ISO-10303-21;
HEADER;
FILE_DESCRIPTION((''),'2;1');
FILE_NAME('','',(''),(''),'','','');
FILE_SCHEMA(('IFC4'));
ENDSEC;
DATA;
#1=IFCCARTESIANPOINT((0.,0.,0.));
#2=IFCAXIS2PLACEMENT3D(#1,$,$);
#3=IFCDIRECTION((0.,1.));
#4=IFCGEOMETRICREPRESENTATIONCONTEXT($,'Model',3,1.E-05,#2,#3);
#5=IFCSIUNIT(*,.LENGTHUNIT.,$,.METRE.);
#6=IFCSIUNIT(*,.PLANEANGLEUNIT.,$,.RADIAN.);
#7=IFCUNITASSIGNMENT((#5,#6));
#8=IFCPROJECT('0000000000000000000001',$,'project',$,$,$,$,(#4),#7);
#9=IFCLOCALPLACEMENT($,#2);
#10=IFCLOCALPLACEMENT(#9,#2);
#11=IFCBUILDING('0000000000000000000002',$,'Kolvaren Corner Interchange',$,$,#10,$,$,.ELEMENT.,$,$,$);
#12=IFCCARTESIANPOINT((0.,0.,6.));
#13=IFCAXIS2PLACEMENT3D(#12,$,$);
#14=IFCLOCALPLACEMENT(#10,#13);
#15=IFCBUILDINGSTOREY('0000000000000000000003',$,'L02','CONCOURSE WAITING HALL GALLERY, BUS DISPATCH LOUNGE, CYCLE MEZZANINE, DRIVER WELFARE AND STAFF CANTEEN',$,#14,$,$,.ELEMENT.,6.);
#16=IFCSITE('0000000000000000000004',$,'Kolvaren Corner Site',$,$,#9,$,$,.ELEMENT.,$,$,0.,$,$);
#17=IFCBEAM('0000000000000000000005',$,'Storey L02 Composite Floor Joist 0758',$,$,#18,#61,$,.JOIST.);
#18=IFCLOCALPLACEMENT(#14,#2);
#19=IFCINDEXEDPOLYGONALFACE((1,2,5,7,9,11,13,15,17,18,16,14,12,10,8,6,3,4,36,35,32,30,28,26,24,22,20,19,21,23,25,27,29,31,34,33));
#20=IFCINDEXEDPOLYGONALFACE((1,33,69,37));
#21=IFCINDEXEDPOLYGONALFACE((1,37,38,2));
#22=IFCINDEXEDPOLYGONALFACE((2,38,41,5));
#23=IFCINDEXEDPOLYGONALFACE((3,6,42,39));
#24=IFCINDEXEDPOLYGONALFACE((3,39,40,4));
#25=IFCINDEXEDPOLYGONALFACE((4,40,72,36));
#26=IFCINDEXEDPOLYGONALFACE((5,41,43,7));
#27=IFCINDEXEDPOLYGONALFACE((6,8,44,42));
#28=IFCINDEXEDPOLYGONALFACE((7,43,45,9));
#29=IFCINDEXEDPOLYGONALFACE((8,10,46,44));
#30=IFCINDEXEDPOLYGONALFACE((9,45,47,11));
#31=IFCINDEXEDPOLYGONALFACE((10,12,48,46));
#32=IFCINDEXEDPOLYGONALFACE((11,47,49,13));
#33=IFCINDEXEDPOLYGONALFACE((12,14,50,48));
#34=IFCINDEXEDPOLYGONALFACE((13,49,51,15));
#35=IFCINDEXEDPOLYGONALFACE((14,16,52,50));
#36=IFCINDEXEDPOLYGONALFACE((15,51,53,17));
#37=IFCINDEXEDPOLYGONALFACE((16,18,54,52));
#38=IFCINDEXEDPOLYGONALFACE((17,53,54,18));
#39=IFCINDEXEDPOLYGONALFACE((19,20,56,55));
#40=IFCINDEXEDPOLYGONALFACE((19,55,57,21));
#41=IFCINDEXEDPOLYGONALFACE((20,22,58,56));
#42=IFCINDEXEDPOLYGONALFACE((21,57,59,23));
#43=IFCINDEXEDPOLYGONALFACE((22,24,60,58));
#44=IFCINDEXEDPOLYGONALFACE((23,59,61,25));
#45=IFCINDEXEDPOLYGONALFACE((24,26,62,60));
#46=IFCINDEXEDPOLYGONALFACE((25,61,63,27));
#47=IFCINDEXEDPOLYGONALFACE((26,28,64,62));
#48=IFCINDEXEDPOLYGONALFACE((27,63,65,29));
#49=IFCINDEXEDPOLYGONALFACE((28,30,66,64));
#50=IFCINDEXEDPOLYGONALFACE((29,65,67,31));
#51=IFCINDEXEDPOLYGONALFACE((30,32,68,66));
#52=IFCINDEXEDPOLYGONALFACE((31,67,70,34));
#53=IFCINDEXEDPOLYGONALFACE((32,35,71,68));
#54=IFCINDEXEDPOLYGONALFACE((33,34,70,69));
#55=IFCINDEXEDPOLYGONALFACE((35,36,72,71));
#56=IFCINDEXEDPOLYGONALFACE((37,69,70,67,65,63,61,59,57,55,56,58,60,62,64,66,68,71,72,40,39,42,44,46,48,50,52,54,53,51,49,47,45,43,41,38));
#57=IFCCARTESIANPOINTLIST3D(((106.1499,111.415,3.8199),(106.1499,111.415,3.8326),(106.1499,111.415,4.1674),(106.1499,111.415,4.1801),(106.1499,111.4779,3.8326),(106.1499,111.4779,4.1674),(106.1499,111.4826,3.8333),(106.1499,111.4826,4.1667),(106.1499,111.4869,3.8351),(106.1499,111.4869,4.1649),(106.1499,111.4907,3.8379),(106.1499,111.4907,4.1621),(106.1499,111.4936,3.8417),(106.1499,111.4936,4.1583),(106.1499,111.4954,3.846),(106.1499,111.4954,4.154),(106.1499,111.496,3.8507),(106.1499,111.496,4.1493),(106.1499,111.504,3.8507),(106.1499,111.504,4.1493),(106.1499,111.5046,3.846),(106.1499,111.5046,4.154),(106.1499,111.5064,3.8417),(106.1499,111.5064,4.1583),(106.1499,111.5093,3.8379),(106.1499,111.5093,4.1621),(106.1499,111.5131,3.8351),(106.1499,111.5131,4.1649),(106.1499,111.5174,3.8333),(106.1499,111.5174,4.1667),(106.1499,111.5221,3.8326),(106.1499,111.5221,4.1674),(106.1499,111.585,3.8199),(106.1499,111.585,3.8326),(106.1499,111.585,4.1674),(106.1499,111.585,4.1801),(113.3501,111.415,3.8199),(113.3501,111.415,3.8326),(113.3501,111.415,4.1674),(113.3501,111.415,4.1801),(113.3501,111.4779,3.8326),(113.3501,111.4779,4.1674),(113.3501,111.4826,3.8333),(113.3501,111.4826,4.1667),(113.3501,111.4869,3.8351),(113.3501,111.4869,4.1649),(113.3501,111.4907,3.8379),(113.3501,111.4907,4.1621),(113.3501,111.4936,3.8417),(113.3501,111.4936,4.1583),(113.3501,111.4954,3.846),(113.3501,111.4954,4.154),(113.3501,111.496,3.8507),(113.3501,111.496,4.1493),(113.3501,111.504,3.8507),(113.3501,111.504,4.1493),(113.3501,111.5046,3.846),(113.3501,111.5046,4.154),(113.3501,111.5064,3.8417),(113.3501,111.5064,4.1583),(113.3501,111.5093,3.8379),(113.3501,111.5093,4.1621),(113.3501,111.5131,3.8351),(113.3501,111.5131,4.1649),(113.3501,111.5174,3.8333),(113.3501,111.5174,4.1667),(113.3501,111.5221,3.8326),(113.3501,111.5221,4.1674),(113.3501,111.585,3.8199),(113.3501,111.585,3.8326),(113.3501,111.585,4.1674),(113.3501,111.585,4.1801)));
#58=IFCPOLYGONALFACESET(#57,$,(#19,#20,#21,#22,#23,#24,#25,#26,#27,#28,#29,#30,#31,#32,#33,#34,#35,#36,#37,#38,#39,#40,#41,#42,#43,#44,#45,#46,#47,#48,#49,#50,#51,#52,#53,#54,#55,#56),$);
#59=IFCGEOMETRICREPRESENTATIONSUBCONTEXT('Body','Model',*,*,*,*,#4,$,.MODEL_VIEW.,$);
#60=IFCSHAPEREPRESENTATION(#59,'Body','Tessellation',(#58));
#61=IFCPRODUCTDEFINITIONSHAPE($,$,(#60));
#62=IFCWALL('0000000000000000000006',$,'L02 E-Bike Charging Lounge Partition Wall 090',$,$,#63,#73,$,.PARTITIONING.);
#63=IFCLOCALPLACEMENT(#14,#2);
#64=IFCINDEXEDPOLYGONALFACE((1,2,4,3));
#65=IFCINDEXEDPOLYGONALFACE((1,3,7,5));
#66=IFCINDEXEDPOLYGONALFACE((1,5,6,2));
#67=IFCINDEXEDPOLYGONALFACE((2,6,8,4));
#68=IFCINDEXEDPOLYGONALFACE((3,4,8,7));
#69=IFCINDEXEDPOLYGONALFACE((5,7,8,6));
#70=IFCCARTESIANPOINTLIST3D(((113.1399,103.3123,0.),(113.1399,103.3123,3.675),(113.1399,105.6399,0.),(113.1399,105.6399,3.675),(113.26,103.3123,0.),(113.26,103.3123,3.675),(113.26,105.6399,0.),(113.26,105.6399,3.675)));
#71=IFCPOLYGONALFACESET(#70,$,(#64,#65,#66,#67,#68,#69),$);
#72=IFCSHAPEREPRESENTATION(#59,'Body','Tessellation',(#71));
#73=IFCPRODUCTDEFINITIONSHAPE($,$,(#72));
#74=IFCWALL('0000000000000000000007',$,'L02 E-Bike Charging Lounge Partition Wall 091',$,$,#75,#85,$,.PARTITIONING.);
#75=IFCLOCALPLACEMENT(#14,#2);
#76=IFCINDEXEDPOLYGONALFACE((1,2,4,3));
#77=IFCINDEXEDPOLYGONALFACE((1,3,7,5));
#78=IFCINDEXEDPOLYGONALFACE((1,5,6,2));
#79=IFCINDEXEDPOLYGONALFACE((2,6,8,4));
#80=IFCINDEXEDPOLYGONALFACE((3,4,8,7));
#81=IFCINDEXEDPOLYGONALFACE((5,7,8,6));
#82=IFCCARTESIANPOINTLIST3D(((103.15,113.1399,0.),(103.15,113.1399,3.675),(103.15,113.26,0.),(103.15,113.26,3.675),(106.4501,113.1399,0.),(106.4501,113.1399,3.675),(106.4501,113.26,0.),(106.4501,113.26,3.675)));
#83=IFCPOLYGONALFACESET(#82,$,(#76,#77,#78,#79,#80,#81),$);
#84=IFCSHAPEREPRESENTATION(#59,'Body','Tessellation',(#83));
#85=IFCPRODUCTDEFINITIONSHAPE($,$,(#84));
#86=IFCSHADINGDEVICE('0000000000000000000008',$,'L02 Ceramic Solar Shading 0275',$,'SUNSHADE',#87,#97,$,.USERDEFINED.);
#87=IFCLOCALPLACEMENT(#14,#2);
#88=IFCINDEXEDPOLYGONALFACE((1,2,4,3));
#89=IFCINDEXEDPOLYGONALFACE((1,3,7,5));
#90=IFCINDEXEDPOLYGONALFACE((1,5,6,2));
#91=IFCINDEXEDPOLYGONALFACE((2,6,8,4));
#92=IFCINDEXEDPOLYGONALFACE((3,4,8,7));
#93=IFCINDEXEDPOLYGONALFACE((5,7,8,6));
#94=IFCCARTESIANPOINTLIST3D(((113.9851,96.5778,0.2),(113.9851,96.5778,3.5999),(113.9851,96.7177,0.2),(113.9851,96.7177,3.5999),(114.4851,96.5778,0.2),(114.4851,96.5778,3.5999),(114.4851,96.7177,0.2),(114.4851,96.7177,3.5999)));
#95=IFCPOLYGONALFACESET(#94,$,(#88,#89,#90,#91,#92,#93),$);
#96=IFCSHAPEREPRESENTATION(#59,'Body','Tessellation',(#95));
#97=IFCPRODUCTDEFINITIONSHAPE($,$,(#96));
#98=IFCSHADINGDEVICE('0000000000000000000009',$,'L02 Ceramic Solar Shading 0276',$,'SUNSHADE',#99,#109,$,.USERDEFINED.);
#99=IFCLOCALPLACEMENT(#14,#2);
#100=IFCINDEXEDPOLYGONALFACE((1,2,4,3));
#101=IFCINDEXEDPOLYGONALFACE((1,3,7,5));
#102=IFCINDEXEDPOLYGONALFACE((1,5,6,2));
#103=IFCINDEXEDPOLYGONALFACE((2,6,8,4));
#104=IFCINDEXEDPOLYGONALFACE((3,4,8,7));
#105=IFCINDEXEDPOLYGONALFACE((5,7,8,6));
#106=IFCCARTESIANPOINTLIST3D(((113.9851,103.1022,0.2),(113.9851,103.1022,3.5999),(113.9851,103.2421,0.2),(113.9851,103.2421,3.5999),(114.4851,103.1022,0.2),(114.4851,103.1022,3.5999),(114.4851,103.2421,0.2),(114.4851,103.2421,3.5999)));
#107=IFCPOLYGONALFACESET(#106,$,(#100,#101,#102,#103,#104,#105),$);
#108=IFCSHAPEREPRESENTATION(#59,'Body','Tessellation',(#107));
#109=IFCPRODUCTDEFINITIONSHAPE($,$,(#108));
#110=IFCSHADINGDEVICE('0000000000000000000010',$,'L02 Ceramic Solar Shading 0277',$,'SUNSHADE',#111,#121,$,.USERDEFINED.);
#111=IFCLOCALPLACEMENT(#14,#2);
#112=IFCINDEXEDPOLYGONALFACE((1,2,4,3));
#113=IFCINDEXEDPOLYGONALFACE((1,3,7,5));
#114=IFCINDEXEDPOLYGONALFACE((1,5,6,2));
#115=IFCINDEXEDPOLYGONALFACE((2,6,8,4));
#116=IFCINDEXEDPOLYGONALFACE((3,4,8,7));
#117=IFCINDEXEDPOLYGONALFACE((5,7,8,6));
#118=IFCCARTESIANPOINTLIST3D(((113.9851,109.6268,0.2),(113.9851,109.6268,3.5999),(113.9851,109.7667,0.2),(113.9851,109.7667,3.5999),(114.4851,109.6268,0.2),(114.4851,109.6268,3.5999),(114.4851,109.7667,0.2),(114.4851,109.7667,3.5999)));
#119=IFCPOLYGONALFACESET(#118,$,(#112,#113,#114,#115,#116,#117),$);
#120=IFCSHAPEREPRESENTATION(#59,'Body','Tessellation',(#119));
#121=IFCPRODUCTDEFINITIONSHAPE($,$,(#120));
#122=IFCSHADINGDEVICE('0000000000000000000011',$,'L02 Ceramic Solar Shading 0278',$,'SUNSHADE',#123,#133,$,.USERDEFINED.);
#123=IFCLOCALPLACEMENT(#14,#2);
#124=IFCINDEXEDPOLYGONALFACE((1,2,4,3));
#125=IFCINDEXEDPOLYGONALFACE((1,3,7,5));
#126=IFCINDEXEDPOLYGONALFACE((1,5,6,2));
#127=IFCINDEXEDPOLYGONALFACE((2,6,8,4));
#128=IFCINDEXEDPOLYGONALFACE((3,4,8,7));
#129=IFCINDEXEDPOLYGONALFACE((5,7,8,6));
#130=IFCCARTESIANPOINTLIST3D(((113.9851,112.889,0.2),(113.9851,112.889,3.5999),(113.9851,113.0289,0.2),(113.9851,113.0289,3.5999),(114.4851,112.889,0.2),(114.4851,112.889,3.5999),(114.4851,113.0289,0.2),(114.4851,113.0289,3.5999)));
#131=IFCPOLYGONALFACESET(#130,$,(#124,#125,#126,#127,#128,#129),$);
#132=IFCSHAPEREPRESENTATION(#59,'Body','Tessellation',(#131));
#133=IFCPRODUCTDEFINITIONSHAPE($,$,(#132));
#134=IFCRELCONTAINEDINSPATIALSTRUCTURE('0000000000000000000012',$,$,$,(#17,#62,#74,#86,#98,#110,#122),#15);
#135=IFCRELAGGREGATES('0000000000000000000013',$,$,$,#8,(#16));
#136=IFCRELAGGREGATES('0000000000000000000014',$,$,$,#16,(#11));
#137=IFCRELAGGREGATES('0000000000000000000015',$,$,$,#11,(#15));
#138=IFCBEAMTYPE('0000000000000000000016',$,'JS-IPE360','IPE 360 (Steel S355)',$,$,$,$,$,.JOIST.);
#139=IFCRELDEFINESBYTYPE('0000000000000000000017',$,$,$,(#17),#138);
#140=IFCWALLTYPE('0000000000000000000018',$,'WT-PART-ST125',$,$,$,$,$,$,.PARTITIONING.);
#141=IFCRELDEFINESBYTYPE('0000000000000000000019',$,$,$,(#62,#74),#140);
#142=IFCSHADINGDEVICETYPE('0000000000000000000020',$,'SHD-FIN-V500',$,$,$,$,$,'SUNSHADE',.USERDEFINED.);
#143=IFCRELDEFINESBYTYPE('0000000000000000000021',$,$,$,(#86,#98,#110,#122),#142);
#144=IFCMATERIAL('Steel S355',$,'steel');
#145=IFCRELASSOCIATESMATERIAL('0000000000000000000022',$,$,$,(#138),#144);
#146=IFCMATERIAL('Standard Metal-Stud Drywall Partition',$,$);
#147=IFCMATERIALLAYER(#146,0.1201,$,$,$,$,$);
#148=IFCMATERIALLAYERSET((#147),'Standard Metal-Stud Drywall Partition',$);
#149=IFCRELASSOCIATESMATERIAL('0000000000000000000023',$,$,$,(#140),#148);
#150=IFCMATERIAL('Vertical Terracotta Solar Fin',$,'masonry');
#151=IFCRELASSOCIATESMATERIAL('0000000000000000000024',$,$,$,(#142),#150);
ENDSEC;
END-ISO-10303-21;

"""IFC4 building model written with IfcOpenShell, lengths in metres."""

from ifc_helpers import new_model, si_unit, direction, frame, frame_2d, origin, origin_2d, place, context, subcontext, project, spatial, rectangle, i_section, extrude, material, layer, layer_set, material_profile, profile_set, type_object, element, save


model = new_model("IFC4")

# Units and contexts
model_context = context("Model", 3, precision=1e-05, world=origin(), true_north=direction((0.0, 1.0)))
body_context = subcontext(model_context, "Body", "Model", "MODEL_VIEW")
ifc_project = project(units=[si_unit("LENGTHUNIT", "METRE"), si_unit("PLANEANGLEUNIT", "RADIAN")], contexts=[model_context])

# Site, building, storey
site_placement = place(None, origin())
site = spatial("IfcSite", under=ifc_project, at=site_placement, Name="Kolvaren Corner Site", CompositionType="ELEMENT", RefElevation=0.0)
building_placement = place(site_placement, origin())
building = spatial("IfcBuilding", under=site, at=building_placement, Name="Kolvaren Corner Interchange", CompositionType="ELEMENT")
storey_placement = place(building_placement, frame((0.0, 0.0, 6.0)))
storey = spatial("IfcBuildingStorey", under=building, at=storey_placement, Name="L02", Description="CONCOURSE WAITING HALL GALLERY, BUS DISPATCH LOUNGE, CYCLE MEZZANINE, DRIVER WELFARE AND STAFF CANTEEN", CompositionType="ELEMENT", Elevation=6.0)

# Beam
ifc_material_1 = material(Name="Steel S355", Category="steel")
ifc_material_profile_1 = material_profile(ifc_material_1, i_section(OverallWidth=0.1699, OverallDepth=0.3601, WebThickness=0.0081, FlangeThickness=0.0127, FilletRadius=0.0181, at=origin_2d()), Name="IPE 360")
ifc_profile_set_1 = profile_set([ifc_material_profile_1], Name="Steel S355")
beam_type_1 = type_object("IfcBeamType", Name="JS-IPE360", Description="IPE 360 (Steel S355)", PredefinedType="JOIST", material=ifc_profile_set_1)
for number, where, z_axis, x_axis, name in (
    (1, (106.1499, 111.5, 4.0), (1.0, 0.0, 0.0), (0.0, 1.0, 0.0), "Storey L02 Composite Floor Joist 0758"),
):
    element("IfcBeam", number, at=place(storey_placement, frame(where, z_axis=z_axis, x_axis=x_axis)), inside=storey, type_object=beam_type_1, Name=name, PredefinedType="JOIST", context=body_context, shape_type="SweptSolid", body=[
        extrude(i_section(OverallWidth=0.1699, OverallDepth=0.3601, WebThickness=0.0081, FlangeThickness=0.0127, FilletRadius=0.0181, at=origin_2d()), origin(), (0.0, 0.0, 1.0), 7.2002),
    ])

# Walls
ifc_material_2 = material(Name="Standard Metal-Stud Drywall Partition")
ifc_layer = layer(ifc_material_2, 0.1201)
ifc_layer_set = layer_set([ifc_layer], Name="Standard Metal-Stud Drywall Partition")
wall_type = type_object("IfcWallType", Name="WT-PART-ST125", PredefinedType="PARTITIONING", material=ifc_layer_set)
wall_1_placement = place(storey_placement, frame((113.2, 103.3123, 0.0), z_axis=(0.0, 0.0, 1.0), x_axis=(0.0, 1.0, 0.0)))
element("IfcWall", 2, at=wall_1_placement, inside=storey, type_object=wall_type, Name="L02 E-Bike Charging Lounge Partition Wall 090", PredefinedType="PARTITIONING", context=body_context, shape_type="SweptSolid", body=[
    extrude(rectangle(XDim=2.3276, YDim=0.1201, at=frame_2d((1.1638, 0.0))), origin(), (0.0, 0.0, 1.0), 3.675),
])
wall_2_placement = place(storey_placement, frame((106.45, 113.2, 0.0), z_axis=(0.0, 0.0, 1.0), x_axis=(-1.0, 0.0, 0.0)))
element("IfcWall", 3, at=wall_2_placement, inside=storey, type_object=wall_type, Name="L02 E-Bike Charging Lounge Partition Wall 091", PredefinedType="PARTITIONING", context=body_context, shape_type="SweptSolid", body=[
    extrude(rectangle(XDim=3.3, YDim=0.1201, at=frame_2d((1.6499, 0.0))), origin(), (0.0, 0.0, 1.0), 3.675),
])

# Shading devices
ifc_material_3 = material(Name="Vertical Terracotta Solar Fin", Category="masonry")
shading_device_type = type_object("IfcShadingDeviceType", Name="SHD-FIN-V500", ElementType="SUNSHADE", PredefinedType="USERDEFINED", material=ifc_material_3)
for number, where, z_axis, x_axis, name in (
    (4, (114.2351, 96.6477, 0.2), (0.0, 0.0, 1.0), (0.0, 1.0, 0.0), "L02 Ceramic Solar Shading 0275"),
    (5, (114.2351, 103.1721, 0.2), (0.0, 0.0, 1.0), (0.0, 1.0, 0.0), "L02 Ceramic Solar Shading 0276"),
    (6, (114.2351, 109.6968, 0.2), (0.0, 0.0, 1.0), (0.0, 1.0, 0.0), "L02 Ceramic Solar Shading 0277"),
    (7, (114.2351, 112.959, 0.2), (0.0, 0.0, 1.0), (0.0, 1.0, 0.0), "L02 Ceramic Solar Shading 0278"),
):
    element("IfcShadingDevice", number, at=place(storey_placement, frame(where, z_axis=z_axis, x_axis=x_axis)), inside=storey, type_object=shading_device_type, Name=name, ObjectType="SUNSHADE", PredefinedType="USERDEFINED", context=body_context, shape_type="SweptSolid", body=[
        extrude(rectangle(XDim=0.1399, YDim=0.5, at=origin_2d()), origin(), (0.0, 0.0, 1.0), 3.3999),
    ])

save(model, "model.ifc")
